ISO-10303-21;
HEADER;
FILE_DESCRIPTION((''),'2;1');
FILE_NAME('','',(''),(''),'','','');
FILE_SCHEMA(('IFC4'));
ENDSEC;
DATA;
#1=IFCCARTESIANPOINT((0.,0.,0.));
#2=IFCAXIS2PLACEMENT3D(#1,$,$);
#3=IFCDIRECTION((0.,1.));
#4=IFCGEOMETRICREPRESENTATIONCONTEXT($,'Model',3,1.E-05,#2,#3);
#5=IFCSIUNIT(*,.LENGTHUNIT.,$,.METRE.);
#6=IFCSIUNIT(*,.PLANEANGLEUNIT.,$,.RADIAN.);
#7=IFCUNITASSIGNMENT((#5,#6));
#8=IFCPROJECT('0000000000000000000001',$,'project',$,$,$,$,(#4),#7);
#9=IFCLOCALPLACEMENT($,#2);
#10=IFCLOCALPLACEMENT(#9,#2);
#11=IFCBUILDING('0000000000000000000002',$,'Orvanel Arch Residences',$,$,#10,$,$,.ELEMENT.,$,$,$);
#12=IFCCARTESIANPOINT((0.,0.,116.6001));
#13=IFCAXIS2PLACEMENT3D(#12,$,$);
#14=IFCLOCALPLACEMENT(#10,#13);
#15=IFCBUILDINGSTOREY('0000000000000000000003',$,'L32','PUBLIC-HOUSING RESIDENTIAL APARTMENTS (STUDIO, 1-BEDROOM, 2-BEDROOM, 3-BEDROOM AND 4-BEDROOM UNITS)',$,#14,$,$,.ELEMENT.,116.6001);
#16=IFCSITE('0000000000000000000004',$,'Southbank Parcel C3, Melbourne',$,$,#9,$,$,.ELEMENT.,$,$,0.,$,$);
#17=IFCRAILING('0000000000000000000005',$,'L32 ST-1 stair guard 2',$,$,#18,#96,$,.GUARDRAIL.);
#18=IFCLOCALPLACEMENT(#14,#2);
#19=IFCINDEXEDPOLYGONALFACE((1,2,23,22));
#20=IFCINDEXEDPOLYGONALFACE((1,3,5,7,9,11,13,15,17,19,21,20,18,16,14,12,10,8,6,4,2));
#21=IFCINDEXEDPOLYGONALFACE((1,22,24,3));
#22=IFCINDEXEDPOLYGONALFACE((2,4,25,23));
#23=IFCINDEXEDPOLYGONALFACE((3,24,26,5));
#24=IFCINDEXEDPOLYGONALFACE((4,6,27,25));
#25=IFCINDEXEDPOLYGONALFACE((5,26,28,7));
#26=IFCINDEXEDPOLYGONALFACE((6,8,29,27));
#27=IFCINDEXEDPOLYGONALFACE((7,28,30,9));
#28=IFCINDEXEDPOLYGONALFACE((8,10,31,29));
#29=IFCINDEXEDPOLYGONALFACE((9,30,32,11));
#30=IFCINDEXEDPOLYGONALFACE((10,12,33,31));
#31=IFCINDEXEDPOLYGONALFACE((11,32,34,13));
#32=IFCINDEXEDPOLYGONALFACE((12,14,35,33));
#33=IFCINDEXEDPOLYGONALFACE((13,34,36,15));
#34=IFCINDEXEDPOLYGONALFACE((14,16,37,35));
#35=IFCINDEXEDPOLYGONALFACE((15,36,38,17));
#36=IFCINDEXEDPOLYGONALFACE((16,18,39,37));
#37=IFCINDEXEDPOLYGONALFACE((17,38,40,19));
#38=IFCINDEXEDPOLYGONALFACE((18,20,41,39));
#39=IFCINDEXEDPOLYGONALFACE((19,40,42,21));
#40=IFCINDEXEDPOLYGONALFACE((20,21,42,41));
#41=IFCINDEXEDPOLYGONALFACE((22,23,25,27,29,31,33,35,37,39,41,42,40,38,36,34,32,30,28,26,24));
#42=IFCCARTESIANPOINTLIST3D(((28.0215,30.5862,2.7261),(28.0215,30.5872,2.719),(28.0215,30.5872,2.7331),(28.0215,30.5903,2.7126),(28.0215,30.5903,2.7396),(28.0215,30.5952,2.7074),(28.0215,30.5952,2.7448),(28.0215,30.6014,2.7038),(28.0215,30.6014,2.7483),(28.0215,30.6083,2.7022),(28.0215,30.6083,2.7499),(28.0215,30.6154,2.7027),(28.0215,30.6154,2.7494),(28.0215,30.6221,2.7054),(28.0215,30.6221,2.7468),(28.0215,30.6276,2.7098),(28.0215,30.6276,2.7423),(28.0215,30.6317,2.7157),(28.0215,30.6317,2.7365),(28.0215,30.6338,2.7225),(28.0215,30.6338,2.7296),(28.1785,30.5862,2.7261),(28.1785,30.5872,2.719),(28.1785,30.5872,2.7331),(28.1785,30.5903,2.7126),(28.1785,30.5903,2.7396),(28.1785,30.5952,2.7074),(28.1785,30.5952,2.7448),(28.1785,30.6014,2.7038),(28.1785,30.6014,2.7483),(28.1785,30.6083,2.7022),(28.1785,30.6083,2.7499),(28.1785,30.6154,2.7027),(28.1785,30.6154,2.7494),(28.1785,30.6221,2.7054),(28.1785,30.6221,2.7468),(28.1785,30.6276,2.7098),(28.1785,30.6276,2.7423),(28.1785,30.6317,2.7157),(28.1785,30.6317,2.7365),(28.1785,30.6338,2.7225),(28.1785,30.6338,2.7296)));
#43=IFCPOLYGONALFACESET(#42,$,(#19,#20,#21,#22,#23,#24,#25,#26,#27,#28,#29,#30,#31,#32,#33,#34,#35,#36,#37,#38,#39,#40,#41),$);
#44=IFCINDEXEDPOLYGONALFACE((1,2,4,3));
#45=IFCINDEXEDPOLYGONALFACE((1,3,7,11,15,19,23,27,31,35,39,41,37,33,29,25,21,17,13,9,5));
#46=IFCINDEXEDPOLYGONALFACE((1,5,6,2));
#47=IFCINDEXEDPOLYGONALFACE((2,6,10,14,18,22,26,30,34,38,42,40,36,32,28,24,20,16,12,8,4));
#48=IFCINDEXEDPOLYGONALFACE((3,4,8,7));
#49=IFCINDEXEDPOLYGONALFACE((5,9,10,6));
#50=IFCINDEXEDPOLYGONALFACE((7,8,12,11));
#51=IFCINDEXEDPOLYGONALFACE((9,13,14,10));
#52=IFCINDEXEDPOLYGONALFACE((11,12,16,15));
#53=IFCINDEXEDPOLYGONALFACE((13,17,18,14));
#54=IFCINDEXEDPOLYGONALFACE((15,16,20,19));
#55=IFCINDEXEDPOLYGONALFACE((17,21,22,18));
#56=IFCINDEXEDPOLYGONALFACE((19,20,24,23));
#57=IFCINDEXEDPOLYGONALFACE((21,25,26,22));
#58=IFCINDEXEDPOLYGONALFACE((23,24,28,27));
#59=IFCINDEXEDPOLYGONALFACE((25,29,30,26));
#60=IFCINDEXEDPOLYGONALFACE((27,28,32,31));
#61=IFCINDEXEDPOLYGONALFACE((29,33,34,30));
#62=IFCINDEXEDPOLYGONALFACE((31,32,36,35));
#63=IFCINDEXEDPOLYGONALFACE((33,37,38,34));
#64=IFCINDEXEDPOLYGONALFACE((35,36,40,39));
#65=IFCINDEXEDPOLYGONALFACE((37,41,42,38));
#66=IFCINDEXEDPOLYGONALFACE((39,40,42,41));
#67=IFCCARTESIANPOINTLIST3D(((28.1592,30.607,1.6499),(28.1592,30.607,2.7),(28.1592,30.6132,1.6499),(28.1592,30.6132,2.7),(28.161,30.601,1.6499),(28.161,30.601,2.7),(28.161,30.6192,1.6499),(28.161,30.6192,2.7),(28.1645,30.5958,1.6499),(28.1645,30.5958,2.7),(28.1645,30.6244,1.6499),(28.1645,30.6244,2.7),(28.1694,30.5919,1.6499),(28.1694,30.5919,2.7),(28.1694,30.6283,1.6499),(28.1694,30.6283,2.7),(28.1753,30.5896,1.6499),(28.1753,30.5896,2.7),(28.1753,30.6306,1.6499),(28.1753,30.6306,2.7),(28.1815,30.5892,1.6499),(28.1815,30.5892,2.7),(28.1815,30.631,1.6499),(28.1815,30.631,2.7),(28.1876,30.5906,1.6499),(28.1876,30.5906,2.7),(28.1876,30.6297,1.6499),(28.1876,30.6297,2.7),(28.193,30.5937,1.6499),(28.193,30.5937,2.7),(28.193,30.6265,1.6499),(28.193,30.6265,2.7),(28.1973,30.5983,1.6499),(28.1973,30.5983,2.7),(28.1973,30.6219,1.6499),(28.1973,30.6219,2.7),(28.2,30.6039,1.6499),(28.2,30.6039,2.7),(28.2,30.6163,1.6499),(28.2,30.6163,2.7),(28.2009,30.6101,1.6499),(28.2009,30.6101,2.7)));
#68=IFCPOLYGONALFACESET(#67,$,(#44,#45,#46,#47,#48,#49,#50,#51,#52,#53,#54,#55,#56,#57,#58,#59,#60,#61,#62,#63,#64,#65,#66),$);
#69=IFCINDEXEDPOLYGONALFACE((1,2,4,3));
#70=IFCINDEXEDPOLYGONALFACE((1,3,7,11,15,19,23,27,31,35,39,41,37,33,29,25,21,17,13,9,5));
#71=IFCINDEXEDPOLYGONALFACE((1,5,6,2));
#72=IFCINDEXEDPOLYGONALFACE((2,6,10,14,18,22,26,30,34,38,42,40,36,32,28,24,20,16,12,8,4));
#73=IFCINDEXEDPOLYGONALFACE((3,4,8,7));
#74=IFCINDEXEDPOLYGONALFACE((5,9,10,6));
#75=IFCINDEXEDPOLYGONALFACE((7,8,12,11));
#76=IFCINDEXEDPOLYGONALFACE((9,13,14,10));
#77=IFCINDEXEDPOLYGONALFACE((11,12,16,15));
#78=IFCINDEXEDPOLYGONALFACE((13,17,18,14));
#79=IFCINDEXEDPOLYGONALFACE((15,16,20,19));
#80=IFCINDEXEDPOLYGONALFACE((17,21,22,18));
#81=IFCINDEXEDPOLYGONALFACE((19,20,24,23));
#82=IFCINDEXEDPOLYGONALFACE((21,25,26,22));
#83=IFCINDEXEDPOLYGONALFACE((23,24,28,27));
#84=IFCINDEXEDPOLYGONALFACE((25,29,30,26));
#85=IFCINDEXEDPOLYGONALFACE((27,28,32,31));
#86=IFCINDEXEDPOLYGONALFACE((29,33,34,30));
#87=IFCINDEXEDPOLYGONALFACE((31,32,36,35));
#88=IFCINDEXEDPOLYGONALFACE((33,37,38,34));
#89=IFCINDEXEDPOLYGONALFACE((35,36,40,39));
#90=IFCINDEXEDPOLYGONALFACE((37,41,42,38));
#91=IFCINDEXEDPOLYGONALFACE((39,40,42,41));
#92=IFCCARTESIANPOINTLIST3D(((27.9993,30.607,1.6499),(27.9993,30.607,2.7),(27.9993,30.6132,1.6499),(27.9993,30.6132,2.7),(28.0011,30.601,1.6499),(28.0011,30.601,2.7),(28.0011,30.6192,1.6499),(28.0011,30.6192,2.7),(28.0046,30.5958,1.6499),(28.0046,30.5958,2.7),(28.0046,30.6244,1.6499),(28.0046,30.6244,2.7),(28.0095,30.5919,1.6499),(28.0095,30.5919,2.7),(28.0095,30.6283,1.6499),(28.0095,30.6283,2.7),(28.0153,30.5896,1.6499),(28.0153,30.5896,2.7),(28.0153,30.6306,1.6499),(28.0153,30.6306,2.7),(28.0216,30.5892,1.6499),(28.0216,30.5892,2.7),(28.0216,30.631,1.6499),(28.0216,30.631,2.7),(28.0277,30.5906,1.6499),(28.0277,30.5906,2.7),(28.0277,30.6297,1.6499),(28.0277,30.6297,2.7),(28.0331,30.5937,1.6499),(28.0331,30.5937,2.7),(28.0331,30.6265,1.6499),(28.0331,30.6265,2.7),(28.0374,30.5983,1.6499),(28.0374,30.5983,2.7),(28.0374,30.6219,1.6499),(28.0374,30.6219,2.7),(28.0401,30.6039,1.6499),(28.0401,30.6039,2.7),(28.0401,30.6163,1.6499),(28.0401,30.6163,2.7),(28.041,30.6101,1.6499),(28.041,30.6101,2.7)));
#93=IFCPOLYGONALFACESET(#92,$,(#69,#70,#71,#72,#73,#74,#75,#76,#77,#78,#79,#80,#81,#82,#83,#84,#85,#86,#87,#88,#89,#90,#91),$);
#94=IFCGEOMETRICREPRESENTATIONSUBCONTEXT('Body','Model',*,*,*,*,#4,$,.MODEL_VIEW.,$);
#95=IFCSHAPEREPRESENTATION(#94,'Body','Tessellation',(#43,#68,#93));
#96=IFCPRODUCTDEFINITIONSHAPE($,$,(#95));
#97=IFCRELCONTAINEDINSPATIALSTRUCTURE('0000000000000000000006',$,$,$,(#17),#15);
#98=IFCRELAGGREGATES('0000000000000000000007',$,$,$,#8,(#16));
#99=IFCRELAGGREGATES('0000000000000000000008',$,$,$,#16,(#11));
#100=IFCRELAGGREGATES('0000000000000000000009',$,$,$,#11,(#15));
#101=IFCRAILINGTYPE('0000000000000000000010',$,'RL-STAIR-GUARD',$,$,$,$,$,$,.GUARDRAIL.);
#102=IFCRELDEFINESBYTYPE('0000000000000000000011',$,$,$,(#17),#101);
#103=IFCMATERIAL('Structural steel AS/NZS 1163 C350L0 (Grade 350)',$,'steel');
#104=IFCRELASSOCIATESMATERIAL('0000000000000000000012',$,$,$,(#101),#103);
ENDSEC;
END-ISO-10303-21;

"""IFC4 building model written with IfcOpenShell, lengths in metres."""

from ifc_helpers import new_model, si_unit, direction, frame, origin, origin_2d, place, context, subcontext, project, spatial, circle, extrude, material, type_object, element, save


model = new_model("IFC4")

# Units and contexts
model_context = context("Model", 3, precision=1e-05, world=origin(), true_north=direction((0.0, 1.0)))
body_context = subcontext(model_context, "Body", "Model", "MODEL_VIEW")
ifc_project = project(units=[si_unit("LENGTHUNIT", "METRE"), si_unit("PLANEANGLEUNIT", "RADIAN")], contexts=[model_context])

# Site, building, storey
site_placement = place(None, origin())
site = spatial("IfcSite", under=ifc_project, at=site_placement, Name="Southbank Parcel C3, Melbourne", CompositionType="ELEMENT", RefElevation=0.0)
building_placement = place(site_placement, origin())
building = spatial("IfcBuilding", under=site, at=building_placement, Name="Orvanel Arch Residences", CompositionType="ELEMENT")
storey_placement = place(building_placement, frame((0.0, 0.0, 116.6001)))
storey = spatial("IfcBuildingStorey", under=building, at=storey_placement, Name="L32", Description="PUBLIC-HOUSING RESIDENTIAL APARTMENTS (STUDIO, 1-BEDROOM, 2-BEDROOM, 3-BEDROOM AND 4-BEDROOM UNITS)", CompositionType="ELEMENT", Elevation=116.6001)

# Railing
ifc_material_1 = material(Name="Structural steel AS/NZS 1163 C350L0 (Grade 350)", Category="steel")
railing_type_1 = type_object("IfcRailingType", Name="RL-STAIR-GUARD", PredefinedType="GUARDRAIL", material=ifc_material_1)
railing_1_placement = place(storey_placement, frame((28.1799, 30.6101, 1.6499)))
element("IfcRailing", 1, at=railing_1_placement, inside=storey, type_object=railing_type_1, Name="L32 ST-1 stair guard 2", PredefinedType="GUARDRAIL", context=body_context, shape_type="SweptSolid", body=[
    extrude(circle(Radius=0.0239, at=origin_2d()), frame((-0.0015, 0.0, 1.0762), z_axis=(-1.0, 0.0, 0.0), x_axis=(0.0, -1.0, 0.0)), (0.0, 0.0, 1.0), 0.157),
    extrude(circle(Radius=0.021, at=origin_2d()), origin(), (0.0, 0.0, 1.0), 1.05),
    extrude(circle(Radius=0.021, at=origin_2d()), frame((-0.1599, 0.0, 0.0)), (0.0, 0.0, 1.0), 1.05),
])

save(model, "model.ifc")
